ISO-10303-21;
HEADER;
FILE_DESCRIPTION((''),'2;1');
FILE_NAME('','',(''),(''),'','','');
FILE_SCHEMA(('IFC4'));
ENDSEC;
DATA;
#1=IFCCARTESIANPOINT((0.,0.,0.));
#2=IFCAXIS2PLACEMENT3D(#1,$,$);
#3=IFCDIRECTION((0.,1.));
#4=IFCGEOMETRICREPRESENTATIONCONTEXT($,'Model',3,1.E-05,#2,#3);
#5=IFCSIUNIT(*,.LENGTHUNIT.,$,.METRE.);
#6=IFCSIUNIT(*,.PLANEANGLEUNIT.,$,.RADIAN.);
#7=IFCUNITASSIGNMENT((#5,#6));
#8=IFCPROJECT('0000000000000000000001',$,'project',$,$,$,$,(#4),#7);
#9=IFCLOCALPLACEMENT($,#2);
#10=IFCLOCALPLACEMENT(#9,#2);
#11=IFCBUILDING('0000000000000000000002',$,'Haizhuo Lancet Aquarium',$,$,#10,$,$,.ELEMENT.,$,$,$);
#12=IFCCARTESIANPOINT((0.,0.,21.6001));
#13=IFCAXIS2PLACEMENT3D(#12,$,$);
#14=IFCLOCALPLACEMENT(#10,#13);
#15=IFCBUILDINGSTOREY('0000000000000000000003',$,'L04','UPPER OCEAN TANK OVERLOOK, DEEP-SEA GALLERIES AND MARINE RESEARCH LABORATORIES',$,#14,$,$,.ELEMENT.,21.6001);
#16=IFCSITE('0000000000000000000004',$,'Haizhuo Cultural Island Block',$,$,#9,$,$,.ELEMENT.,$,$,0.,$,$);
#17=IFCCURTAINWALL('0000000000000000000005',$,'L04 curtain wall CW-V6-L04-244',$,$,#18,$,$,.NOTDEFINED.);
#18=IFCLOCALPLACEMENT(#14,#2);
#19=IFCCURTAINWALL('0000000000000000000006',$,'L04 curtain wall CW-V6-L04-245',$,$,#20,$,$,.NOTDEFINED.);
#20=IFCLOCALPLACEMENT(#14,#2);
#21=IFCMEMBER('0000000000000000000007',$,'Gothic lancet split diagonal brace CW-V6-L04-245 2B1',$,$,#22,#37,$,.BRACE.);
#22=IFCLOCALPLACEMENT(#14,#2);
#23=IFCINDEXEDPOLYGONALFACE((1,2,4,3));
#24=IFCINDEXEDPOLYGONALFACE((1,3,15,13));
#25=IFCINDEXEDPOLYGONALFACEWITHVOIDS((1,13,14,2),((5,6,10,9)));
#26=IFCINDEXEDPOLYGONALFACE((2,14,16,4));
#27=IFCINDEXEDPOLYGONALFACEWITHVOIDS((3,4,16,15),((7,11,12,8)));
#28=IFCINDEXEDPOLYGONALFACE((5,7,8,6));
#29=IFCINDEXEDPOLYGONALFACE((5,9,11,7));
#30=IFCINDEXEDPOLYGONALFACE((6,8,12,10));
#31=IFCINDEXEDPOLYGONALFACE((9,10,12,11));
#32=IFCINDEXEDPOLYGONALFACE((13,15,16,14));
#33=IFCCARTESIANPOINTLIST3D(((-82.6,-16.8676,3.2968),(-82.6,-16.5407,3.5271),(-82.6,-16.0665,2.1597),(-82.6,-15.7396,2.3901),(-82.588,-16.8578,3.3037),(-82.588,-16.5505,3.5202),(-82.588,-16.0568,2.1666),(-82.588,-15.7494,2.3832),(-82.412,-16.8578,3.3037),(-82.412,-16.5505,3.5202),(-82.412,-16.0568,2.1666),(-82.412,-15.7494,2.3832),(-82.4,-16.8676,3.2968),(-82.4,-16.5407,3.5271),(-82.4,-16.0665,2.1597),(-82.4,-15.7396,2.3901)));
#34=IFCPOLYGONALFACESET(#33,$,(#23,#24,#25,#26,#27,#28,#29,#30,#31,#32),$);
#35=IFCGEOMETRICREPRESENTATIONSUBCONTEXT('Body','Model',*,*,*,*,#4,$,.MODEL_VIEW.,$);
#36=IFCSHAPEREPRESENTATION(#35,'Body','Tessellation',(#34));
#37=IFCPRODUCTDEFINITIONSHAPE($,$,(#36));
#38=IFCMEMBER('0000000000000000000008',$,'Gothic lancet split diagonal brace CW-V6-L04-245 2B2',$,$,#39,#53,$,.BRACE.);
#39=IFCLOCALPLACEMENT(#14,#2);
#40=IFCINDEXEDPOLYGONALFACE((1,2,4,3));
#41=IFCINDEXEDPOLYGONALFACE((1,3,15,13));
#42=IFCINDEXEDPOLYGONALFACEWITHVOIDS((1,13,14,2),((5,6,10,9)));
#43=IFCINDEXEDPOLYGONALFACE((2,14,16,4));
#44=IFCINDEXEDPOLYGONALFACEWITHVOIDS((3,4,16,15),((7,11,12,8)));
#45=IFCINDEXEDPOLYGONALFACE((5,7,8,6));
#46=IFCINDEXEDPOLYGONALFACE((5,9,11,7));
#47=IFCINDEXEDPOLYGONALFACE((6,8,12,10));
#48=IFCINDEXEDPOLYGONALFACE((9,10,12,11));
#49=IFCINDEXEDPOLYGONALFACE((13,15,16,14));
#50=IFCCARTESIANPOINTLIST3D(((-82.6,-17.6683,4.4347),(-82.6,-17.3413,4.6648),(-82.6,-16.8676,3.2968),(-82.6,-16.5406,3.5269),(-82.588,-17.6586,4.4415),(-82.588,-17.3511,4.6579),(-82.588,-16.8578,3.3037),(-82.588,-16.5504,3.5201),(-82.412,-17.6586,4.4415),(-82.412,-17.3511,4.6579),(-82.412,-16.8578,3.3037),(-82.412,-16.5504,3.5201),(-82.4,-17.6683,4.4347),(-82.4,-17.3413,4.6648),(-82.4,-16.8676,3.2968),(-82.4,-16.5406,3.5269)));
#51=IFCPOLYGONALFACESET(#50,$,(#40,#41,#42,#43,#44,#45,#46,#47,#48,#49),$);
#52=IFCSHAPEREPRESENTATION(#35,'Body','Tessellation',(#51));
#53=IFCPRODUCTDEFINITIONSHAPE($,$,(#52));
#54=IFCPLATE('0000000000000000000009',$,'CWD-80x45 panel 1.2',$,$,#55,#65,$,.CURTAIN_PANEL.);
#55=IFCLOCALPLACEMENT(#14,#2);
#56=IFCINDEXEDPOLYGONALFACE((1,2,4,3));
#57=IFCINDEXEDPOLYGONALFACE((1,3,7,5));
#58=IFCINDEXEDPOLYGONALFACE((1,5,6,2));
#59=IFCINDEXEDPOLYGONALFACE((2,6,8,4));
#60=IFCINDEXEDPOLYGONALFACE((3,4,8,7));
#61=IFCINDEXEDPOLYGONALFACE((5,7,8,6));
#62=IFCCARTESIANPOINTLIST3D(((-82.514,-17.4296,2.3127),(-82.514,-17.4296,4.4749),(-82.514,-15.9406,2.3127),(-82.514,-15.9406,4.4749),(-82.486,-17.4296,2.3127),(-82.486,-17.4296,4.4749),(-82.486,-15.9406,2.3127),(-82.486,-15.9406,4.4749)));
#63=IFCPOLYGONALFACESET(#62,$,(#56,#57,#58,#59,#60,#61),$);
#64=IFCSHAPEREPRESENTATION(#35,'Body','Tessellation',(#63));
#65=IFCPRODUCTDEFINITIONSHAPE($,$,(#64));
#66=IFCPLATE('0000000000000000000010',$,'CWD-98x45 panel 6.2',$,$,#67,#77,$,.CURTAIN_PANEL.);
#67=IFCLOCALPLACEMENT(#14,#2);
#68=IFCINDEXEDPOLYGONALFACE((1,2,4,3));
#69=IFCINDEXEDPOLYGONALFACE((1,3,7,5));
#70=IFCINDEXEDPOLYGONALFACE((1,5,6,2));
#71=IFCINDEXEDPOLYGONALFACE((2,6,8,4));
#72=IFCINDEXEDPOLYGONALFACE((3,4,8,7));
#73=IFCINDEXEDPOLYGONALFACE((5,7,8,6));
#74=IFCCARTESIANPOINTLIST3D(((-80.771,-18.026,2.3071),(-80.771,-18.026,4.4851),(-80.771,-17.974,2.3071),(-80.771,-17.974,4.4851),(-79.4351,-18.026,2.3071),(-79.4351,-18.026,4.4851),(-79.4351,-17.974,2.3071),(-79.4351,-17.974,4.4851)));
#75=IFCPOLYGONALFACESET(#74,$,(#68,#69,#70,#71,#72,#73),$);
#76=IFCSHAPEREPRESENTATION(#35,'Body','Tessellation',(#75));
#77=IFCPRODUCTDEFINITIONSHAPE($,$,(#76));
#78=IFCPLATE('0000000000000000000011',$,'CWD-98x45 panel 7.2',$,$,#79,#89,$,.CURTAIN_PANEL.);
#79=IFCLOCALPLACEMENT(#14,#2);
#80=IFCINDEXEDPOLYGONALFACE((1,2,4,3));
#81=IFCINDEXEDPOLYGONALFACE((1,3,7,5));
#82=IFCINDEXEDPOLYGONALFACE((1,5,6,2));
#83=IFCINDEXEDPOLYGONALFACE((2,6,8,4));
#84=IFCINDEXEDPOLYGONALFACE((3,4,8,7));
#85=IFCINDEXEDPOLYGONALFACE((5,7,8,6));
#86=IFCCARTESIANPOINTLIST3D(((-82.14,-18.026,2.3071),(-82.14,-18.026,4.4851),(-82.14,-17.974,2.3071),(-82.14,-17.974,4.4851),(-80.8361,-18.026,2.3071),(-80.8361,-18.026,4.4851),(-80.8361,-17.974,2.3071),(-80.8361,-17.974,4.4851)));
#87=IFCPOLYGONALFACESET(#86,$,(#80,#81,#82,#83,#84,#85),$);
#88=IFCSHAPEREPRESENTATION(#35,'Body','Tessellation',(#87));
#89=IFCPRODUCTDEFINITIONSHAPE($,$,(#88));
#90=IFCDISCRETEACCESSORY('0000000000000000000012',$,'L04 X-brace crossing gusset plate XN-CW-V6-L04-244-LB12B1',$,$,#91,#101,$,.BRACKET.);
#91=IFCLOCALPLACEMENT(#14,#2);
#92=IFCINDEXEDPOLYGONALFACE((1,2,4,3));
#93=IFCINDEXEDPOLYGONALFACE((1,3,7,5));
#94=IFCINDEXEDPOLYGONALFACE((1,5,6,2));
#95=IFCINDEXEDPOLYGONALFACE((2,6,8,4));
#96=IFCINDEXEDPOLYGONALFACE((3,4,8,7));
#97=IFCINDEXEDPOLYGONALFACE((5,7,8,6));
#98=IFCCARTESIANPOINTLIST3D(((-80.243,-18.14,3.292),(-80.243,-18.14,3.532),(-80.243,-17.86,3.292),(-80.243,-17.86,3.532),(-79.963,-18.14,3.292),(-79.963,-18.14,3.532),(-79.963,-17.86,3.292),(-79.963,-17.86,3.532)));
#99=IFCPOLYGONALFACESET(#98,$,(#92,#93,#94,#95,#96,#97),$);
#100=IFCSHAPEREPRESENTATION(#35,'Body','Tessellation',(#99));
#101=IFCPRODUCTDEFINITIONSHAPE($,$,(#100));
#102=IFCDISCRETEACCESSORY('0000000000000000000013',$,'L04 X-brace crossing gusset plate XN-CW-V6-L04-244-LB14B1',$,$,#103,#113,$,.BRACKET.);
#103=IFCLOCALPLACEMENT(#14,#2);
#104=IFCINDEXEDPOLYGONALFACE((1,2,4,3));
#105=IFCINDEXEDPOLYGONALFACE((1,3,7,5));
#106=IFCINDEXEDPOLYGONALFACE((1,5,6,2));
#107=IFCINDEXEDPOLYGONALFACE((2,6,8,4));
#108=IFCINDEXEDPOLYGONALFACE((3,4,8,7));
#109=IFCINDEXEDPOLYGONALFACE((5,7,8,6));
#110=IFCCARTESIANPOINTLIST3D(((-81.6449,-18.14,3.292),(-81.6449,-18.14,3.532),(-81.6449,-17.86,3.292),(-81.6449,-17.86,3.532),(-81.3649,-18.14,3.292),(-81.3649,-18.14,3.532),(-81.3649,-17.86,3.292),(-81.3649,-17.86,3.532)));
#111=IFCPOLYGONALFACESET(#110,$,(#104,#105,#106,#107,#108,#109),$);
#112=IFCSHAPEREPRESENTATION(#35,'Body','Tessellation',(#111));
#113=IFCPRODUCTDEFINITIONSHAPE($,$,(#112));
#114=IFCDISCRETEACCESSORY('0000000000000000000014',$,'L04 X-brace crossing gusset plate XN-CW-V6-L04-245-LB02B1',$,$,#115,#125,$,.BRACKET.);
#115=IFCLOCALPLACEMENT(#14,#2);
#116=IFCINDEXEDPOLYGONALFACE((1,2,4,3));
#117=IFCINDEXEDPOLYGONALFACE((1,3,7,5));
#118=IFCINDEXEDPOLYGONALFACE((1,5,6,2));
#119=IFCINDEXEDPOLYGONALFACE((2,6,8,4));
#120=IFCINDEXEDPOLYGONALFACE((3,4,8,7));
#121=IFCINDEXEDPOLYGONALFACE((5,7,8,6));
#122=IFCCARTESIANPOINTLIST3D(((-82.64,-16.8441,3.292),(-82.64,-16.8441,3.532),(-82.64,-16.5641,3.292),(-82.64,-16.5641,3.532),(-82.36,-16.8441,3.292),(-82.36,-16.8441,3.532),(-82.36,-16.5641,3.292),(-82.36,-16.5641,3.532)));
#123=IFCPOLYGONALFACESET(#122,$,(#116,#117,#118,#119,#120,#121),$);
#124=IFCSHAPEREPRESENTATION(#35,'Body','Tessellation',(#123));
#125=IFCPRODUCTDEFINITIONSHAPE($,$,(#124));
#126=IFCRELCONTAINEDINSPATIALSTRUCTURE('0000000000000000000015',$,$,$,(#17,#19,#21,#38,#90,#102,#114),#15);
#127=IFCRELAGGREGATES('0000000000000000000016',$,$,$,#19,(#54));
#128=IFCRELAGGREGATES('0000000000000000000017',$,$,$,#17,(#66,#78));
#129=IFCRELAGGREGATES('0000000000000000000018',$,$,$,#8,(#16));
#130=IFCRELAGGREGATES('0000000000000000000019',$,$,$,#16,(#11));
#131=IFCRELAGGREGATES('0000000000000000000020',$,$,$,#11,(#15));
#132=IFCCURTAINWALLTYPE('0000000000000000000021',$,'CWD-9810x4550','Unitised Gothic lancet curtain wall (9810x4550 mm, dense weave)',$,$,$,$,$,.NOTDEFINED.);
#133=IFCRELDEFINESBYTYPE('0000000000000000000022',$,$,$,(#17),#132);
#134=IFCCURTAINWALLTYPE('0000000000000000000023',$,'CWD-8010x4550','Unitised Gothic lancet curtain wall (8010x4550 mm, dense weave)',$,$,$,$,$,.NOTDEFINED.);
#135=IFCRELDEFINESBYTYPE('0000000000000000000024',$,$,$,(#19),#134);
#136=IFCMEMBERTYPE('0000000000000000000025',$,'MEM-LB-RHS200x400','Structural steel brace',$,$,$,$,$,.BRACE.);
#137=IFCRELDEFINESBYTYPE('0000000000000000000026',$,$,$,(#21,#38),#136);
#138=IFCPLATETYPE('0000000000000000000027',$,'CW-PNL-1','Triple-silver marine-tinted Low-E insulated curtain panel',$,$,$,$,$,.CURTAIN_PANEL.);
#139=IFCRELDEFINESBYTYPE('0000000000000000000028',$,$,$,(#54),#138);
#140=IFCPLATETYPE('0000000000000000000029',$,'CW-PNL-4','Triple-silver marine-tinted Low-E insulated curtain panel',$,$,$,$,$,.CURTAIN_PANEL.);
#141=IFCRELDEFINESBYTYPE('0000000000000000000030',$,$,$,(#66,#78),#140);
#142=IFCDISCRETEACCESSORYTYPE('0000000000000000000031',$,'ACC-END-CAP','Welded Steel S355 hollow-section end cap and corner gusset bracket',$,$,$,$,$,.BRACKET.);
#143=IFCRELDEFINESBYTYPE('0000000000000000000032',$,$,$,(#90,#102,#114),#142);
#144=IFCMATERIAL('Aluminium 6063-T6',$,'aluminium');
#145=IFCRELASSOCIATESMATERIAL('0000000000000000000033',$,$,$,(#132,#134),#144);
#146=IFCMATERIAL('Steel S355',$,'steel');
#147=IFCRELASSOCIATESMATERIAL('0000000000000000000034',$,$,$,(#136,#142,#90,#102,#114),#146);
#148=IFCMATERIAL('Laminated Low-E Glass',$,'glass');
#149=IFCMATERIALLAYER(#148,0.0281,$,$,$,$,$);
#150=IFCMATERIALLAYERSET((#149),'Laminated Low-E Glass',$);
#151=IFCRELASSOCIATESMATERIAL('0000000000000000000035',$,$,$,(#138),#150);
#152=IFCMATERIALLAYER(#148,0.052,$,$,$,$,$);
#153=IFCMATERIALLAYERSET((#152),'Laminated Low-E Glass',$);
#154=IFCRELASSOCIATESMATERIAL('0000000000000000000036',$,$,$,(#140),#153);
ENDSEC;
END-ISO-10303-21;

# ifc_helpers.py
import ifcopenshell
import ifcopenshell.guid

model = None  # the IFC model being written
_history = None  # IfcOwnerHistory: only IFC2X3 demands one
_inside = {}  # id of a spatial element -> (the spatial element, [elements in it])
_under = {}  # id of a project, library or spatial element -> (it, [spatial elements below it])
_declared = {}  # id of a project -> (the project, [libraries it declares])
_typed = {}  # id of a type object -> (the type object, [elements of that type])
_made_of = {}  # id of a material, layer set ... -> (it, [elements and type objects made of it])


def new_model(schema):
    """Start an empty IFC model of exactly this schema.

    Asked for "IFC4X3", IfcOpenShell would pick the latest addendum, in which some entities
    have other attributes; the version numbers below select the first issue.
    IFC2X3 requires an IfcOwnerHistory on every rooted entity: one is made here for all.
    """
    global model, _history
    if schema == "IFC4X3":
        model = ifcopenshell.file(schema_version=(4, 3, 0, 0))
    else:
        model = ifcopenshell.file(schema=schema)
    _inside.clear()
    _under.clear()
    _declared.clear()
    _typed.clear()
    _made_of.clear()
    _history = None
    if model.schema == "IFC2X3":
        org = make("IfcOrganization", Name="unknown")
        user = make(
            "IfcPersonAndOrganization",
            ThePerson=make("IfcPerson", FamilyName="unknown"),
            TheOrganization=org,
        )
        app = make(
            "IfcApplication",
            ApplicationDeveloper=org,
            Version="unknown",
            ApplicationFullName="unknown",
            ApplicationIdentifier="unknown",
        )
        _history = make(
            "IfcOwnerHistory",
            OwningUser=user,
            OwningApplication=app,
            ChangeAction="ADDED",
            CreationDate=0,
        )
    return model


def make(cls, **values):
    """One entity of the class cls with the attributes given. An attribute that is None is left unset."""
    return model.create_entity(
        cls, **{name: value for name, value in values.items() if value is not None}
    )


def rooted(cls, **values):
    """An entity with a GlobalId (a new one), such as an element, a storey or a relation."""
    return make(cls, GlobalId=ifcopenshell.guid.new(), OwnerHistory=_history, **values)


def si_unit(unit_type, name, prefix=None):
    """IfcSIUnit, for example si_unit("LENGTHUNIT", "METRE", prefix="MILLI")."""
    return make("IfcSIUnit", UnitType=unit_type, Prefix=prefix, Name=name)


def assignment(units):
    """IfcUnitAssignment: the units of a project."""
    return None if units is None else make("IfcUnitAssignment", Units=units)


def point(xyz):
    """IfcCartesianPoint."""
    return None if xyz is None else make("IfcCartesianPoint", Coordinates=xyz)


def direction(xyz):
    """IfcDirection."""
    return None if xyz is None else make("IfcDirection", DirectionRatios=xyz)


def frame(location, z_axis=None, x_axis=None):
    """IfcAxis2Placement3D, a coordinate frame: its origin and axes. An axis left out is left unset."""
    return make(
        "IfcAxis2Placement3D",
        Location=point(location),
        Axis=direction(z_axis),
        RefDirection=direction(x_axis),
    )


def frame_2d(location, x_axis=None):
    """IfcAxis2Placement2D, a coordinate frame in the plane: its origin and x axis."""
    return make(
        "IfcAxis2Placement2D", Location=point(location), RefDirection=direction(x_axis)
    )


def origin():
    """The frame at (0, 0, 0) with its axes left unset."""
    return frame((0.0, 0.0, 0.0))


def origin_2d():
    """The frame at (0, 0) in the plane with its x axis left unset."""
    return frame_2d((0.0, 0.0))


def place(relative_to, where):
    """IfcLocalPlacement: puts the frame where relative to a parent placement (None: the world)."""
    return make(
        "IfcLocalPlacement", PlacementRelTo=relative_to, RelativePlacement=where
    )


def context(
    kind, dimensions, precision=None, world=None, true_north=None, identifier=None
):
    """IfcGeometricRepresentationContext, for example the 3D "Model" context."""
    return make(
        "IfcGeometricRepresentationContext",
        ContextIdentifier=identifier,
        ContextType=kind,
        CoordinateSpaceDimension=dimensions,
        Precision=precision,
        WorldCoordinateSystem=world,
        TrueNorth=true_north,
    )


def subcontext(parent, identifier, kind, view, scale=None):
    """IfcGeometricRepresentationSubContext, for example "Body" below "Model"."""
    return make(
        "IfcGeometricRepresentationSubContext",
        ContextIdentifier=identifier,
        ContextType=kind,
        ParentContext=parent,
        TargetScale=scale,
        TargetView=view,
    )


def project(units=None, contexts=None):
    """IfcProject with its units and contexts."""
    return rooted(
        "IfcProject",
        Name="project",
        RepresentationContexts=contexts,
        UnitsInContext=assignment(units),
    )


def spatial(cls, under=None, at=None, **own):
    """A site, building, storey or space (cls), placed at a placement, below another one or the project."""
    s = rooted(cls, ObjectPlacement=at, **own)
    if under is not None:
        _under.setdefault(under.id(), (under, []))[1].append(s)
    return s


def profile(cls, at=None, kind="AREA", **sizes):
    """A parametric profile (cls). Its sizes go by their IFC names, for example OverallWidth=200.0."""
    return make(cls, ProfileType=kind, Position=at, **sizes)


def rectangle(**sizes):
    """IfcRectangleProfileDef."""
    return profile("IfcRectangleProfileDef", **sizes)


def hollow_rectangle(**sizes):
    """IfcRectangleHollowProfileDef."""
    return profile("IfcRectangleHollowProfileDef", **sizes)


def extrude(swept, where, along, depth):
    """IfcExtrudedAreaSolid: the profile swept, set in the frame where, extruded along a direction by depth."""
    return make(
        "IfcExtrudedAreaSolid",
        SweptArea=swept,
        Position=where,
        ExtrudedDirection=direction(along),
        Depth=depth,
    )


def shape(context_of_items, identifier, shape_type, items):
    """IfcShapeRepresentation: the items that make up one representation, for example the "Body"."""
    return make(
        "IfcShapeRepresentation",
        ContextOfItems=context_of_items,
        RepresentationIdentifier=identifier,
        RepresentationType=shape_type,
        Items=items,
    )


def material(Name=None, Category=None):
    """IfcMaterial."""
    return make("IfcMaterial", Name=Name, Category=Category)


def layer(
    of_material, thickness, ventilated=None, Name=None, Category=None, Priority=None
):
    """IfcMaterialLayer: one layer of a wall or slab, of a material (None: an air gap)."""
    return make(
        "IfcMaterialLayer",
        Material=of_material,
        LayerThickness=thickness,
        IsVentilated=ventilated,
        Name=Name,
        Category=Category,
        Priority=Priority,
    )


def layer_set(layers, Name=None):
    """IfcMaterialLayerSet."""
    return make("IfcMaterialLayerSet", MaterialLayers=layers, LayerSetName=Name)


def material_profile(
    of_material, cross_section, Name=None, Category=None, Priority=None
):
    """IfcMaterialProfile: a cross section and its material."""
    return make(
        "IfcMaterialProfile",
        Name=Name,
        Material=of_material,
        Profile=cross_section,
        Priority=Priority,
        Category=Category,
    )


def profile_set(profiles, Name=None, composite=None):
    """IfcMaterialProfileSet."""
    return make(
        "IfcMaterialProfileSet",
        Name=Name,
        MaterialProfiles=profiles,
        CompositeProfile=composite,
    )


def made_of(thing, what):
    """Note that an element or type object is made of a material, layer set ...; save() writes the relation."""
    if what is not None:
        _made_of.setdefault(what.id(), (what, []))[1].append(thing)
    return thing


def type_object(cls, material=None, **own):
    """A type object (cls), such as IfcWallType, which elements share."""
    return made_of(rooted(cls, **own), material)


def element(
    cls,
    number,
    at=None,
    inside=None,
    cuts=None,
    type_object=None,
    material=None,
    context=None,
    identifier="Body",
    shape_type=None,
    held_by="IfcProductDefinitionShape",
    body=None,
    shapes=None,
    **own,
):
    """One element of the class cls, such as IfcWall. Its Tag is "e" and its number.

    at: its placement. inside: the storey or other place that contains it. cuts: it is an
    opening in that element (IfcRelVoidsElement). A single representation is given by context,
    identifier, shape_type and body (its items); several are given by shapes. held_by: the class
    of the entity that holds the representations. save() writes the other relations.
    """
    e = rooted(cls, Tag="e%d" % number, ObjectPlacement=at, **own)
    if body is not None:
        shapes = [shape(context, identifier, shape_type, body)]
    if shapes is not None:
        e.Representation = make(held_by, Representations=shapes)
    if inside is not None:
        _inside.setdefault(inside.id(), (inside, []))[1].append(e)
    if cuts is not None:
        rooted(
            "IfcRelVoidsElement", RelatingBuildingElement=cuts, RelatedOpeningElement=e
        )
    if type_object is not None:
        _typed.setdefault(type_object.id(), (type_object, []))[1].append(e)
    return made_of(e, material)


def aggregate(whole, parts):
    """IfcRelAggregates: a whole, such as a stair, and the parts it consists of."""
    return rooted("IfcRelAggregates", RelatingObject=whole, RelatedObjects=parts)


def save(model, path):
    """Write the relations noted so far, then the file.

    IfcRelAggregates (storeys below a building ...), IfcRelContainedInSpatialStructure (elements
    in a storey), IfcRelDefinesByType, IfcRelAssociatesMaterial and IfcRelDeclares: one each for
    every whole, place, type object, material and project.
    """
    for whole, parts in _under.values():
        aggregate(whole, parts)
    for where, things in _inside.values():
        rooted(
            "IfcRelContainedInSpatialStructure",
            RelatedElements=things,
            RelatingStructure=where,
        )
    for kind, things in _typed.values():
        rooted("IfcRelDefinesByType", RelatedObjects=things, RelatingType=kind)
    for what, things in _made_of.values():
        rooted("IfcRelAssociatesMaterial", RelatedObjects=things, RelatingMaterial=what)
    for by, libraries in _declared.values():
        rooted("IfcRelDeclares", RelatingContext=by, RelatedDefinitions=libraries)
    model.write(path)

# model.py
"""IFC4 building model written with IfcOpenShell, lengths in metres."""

from ifc_helpers import new_model, si_unit, direction, frame, origin, origin_2d, place, context, subcontext, project, spatial, rectangle, hollow_rectangle, extrude, material, layer, layer_set, material_profile, profile_set, type_object, element, aggregate, save


model = new_model("IFC4")

# Units and contexts
model_context = context("Model", 3, precision=1e-05, world=origin(), true_north=direction((0.0, 1.0)))
body_context = subcontext(model_context, "Body", "Model", "MODEL_VIEW")
ifc_project = project(units=[si_unit("LENGTHUNIT", "METRE"), si_unit("PLANEANGLEUNIT", "RADIAN")], contexts=[model_context])

# Site, building, storey
site_placement = place(None, origin())
site = spatial("IfcSite", under=ifc_project, at=site_placement, Name="Haizhuo Cultural Island Block", CompositionType="ELEMENT", RefElevation=0.0)
building_placement = place(site_placement, origin())
building = spatial("IfcBuilding", under=site, at=building_placement, Name="Haizhuo Lancet Aquarium", CompositionType="ELEMENT")
storey_placement = place(building_placement, frame((0.0, 0.0, 21.6001)))
storey = spatial("IfcBuildingStorey", under=building, at=storey_placement, Name="L04", Description="UPPER OCEAN TANK OVERLOOK, DEEP-SEA GALLERIES AND MARINE RESEARCH LABORATORIES", CompositionType="ELEMENT", Elevation=21.6001)

# Shared definitions
ifc_material_1 = material(Name="Steel S355", Category="steel")

# Curtain walls
ifc_material_2 = material(Name="Aluminium 6063-T6", Category="aluminium")
curtain_wall_type_1 = type_object("IfcCurtainWallType", Name="CWD-9810x4550", Description="Unitised Gothic lancet curtain wall (9810x4550 mm, dense weave)", PredefinedType="NOTDEFINED", material=ifc_material_2)
curtain_wall_1_placement = place(storey_placement, origin())
curtain_wall_1 = element("IfcCurtainWall", 1, at=curtain_wall_1_placement, inside=storey, type_object=curtain_wall_type_1, Name="L04 curtain wall CW-V6-L04-244", PredefinedType="NOTDEFINED")
curtain_wall_type_2 = type_object("IfcCurtainWallType", Name="CWD-8010x4550", Description="Unitised Gothic lancet curtain wall (8010x4550 mm, dense weave)", PredefinedType="NOTDEFINED", material=ifc_material_2)
curtain_wall_2_placement = place(storey_placement, origin())
curtain_wall_2 = element("IfcCurtainWall", 2, at=curtain_wall_2_placement, inside=storey, type_object=curtain_wall_type_2, Name="L04 curtain wall CW-V6-L04-245", PredefinedType="NOTDEFINED")

# Members
ifc_material_profile_1 = material_profile(ifc_material_1, hollow_rectangle(XDim=0.2, YDim=0.3999, WallThickness=0.012, at=origin_2d()), Name="RHS 200x400x12")
ifc_profile_set_1 = profile_set([ifc_material_profile_1], Name="Steel S355")
member_type_1 = type_object("IfcMemberType", Name="MEM-LB-RHS200x400", Description="Structural steel brace", PredefinedType="BRACE", material=ifc_profile_set_1)
member_1_placement = place(storey_placement, frame((-82.5, -15.9031, 2.2749), z_axis=(0.0, -0.575946, 0.817488), x_axis=(1.0, 0.0, 0.0)))
element("IfcMember", 3, at=member_1_placement, inside=storey, type_object=member_type_1, Name="Gothic lancet split diagonal brace CW-V6-L04-245 2B1", PredefinedType="BRACE", context=body_context, shape_type="SweptSolid", body=[
    extrude(hollow_rectangle(XDim=0.2, YDim=0.3999, WallThickness=0.012, at=origin_2d()), origin(), (0.0, 0.0, 1.0), 1.3909),
])
member_2_placement = place(storey_placement, frame((-82.5, -16.7041, 3.4119), z_axis=(0.0, -0.575498, 0.817803), x_axis=(1.0, 0.0, 0.0)))
element("IfcMember", 4, at=member_2_placement, inside=storey, type_object=member_type_1, Name="Gothic lancet split diagonal brace CW-V6-L04-245 2B2", PredefinedType="BRACE", context=body_context, shape_type="SweptSolid", body=[
    extrude(hollow_rectangle(XDim=0.2, YDim=0.3999, WallThickness=0.012, at=origin_2d()), origin(), (0.0, 0.0, 1.0), 1.3914),
])

# Plates
ifc_material_3 = material(Name="Laminated Low-E Glass", Category="glass")
ifc_layer_1 = layer(ifc_material_3, 0.0281)
ifc_layer_set_1 = layer_set([ifc_layer_1], Name="Laminated Low-E Glass")
plate_type_1 = type_object("IfcPlateType", Name="CW-PNL-1", Description="Triple-silver marine-tinted Low-E insulated curtain panel", PredefinedType="CURTAIN_PANEL", material=ifc_layer_set_1)
plate_1_placement = place(storey_placement, frame((-82.5, -16.6851, 2.3127), z_axis=(0.0, 0.0, 1.0), x_axis=(0.0, 1.0, 0.0)))
plate_1 = element("IfcPlate", 5, at=plate_1_placement, type_object=plate_type_1, Name="CWD-80x45 panel 1.2", PredefinedType="CURTAIN_PANEL", context=body_context, shape_type="SweptSolid", body=[
    extrude(rectangle(XDim=1.489, YDim=0.0281, at=origin_2d()), origin(), (0.0, 0.0, 1.0), 2.1621),
])
aggregate(curtain_wall_2, [plate_1])
ifc_layer_2 = layer(ifc_material_3, 0.052)
ifc_layer_set_2 = layer_set([ifc_layer_2], Name="Laminated Low-E Glass")
plate_type_2 = type_object("IfcPlateType", Name="CW-PNL-4", Description="Triple-silver marine-tinted Low-E insulated curtain panel", PredefinedType="CURTAIN_PANEL", material=ifc_layer_set_2)
plate_2_placement = place(storey_placement, frame((-80.103, -18.0, 2.3071), z_axis=(0.0, 0.0, 1.0), x_axis=(-1.0, 0.0, 0.0)))
plate_2 = element("IfcPlate", 6, at=plate_2_placement, type_object=plate_type_2, Name="CWD-98x45 panel 6.2", PredefinedType="CURTAIN_PANEL", context=body_context, shape_type="SweptSolid", body=[
    extrude(rectangle(XDim=1.3359, YDim=0.052, at=origin_2d()), origin(), (0.0, 0.0, 1.0), 2.178),
])
plate_3_placement = place(storey_placement, frame((-81.488, -18.0, 2.3071), z_axis=(0.0, 0.0, 1.0), x_axis=(-1.0, 0.0, 0.0)))
plate_3 = element("IfcPlate", 7, at=plate_3_placement, type_object=plate_type_2, Name="CWD-98x45 panel 7.2", PredefinedType="CURTAIN_PANEL", context=body_context, shape_type="SweptSolid", body=[
    extrude(rectangle(XDim=1.304, YDim=0.052, at=origin_2d()), origin(), (0.0, 0.0, 1.0), 2.178),
])
aggregate(curtain_wall_1, [plate_2, plate_3])

# Discrete accessories
discrete_accessory_type = type_object("IfcDiscreteAccessoryType", Name="ACC-END-CAP", Description="Welded Steel S355 hollow-section end cap and corner gusset bracket", PredefinedType="BRACKET", material=ifc_material_1)
for number, where, z_axis, x_axis, name in (
    (8, (-80.103, -18.0, 3.292), (0.0, 0.0, 1.0), (1.0, 0.0, 0.0), "L04 X-brace crossing gusset plate XN-CW-V6-L04-244-LB12B1"),
    (9, (-81.5049, -18.0, 3.292), (0.0, 0.0, 1.0), (1.0, 0.0, 0.0), "L04 X-brace crossing gusset plate XN-CW-V6-L04-244-LB14B1"),
    (10, (-82.5, -16.7041, 3.292), (0.0, 0.0, 1.0), (1.0, 0.0, 0.0), "L04 X-brace crossing gusset plate XN-CW-V6-L04-245-LB02B1"),
):
    element("IfcDiscreteAccessory", number, at=place(storey_placement, frame(where, z_axis=z_axis, x_axis=x_axis)), inside=storey, type_object=discrete_accessory_type, material=ifc_material_1, Name=name, PredefinedType="BRACKET", context=body_context, shape_type="SweptSolid", body=[
        extrude(rectangle(XDim=0.28, YDim=0.28, at=origin_2d()), origin(), (0.0, 0.0, 1.0), 0.24),
    ])

save(model, "model.ifc")
